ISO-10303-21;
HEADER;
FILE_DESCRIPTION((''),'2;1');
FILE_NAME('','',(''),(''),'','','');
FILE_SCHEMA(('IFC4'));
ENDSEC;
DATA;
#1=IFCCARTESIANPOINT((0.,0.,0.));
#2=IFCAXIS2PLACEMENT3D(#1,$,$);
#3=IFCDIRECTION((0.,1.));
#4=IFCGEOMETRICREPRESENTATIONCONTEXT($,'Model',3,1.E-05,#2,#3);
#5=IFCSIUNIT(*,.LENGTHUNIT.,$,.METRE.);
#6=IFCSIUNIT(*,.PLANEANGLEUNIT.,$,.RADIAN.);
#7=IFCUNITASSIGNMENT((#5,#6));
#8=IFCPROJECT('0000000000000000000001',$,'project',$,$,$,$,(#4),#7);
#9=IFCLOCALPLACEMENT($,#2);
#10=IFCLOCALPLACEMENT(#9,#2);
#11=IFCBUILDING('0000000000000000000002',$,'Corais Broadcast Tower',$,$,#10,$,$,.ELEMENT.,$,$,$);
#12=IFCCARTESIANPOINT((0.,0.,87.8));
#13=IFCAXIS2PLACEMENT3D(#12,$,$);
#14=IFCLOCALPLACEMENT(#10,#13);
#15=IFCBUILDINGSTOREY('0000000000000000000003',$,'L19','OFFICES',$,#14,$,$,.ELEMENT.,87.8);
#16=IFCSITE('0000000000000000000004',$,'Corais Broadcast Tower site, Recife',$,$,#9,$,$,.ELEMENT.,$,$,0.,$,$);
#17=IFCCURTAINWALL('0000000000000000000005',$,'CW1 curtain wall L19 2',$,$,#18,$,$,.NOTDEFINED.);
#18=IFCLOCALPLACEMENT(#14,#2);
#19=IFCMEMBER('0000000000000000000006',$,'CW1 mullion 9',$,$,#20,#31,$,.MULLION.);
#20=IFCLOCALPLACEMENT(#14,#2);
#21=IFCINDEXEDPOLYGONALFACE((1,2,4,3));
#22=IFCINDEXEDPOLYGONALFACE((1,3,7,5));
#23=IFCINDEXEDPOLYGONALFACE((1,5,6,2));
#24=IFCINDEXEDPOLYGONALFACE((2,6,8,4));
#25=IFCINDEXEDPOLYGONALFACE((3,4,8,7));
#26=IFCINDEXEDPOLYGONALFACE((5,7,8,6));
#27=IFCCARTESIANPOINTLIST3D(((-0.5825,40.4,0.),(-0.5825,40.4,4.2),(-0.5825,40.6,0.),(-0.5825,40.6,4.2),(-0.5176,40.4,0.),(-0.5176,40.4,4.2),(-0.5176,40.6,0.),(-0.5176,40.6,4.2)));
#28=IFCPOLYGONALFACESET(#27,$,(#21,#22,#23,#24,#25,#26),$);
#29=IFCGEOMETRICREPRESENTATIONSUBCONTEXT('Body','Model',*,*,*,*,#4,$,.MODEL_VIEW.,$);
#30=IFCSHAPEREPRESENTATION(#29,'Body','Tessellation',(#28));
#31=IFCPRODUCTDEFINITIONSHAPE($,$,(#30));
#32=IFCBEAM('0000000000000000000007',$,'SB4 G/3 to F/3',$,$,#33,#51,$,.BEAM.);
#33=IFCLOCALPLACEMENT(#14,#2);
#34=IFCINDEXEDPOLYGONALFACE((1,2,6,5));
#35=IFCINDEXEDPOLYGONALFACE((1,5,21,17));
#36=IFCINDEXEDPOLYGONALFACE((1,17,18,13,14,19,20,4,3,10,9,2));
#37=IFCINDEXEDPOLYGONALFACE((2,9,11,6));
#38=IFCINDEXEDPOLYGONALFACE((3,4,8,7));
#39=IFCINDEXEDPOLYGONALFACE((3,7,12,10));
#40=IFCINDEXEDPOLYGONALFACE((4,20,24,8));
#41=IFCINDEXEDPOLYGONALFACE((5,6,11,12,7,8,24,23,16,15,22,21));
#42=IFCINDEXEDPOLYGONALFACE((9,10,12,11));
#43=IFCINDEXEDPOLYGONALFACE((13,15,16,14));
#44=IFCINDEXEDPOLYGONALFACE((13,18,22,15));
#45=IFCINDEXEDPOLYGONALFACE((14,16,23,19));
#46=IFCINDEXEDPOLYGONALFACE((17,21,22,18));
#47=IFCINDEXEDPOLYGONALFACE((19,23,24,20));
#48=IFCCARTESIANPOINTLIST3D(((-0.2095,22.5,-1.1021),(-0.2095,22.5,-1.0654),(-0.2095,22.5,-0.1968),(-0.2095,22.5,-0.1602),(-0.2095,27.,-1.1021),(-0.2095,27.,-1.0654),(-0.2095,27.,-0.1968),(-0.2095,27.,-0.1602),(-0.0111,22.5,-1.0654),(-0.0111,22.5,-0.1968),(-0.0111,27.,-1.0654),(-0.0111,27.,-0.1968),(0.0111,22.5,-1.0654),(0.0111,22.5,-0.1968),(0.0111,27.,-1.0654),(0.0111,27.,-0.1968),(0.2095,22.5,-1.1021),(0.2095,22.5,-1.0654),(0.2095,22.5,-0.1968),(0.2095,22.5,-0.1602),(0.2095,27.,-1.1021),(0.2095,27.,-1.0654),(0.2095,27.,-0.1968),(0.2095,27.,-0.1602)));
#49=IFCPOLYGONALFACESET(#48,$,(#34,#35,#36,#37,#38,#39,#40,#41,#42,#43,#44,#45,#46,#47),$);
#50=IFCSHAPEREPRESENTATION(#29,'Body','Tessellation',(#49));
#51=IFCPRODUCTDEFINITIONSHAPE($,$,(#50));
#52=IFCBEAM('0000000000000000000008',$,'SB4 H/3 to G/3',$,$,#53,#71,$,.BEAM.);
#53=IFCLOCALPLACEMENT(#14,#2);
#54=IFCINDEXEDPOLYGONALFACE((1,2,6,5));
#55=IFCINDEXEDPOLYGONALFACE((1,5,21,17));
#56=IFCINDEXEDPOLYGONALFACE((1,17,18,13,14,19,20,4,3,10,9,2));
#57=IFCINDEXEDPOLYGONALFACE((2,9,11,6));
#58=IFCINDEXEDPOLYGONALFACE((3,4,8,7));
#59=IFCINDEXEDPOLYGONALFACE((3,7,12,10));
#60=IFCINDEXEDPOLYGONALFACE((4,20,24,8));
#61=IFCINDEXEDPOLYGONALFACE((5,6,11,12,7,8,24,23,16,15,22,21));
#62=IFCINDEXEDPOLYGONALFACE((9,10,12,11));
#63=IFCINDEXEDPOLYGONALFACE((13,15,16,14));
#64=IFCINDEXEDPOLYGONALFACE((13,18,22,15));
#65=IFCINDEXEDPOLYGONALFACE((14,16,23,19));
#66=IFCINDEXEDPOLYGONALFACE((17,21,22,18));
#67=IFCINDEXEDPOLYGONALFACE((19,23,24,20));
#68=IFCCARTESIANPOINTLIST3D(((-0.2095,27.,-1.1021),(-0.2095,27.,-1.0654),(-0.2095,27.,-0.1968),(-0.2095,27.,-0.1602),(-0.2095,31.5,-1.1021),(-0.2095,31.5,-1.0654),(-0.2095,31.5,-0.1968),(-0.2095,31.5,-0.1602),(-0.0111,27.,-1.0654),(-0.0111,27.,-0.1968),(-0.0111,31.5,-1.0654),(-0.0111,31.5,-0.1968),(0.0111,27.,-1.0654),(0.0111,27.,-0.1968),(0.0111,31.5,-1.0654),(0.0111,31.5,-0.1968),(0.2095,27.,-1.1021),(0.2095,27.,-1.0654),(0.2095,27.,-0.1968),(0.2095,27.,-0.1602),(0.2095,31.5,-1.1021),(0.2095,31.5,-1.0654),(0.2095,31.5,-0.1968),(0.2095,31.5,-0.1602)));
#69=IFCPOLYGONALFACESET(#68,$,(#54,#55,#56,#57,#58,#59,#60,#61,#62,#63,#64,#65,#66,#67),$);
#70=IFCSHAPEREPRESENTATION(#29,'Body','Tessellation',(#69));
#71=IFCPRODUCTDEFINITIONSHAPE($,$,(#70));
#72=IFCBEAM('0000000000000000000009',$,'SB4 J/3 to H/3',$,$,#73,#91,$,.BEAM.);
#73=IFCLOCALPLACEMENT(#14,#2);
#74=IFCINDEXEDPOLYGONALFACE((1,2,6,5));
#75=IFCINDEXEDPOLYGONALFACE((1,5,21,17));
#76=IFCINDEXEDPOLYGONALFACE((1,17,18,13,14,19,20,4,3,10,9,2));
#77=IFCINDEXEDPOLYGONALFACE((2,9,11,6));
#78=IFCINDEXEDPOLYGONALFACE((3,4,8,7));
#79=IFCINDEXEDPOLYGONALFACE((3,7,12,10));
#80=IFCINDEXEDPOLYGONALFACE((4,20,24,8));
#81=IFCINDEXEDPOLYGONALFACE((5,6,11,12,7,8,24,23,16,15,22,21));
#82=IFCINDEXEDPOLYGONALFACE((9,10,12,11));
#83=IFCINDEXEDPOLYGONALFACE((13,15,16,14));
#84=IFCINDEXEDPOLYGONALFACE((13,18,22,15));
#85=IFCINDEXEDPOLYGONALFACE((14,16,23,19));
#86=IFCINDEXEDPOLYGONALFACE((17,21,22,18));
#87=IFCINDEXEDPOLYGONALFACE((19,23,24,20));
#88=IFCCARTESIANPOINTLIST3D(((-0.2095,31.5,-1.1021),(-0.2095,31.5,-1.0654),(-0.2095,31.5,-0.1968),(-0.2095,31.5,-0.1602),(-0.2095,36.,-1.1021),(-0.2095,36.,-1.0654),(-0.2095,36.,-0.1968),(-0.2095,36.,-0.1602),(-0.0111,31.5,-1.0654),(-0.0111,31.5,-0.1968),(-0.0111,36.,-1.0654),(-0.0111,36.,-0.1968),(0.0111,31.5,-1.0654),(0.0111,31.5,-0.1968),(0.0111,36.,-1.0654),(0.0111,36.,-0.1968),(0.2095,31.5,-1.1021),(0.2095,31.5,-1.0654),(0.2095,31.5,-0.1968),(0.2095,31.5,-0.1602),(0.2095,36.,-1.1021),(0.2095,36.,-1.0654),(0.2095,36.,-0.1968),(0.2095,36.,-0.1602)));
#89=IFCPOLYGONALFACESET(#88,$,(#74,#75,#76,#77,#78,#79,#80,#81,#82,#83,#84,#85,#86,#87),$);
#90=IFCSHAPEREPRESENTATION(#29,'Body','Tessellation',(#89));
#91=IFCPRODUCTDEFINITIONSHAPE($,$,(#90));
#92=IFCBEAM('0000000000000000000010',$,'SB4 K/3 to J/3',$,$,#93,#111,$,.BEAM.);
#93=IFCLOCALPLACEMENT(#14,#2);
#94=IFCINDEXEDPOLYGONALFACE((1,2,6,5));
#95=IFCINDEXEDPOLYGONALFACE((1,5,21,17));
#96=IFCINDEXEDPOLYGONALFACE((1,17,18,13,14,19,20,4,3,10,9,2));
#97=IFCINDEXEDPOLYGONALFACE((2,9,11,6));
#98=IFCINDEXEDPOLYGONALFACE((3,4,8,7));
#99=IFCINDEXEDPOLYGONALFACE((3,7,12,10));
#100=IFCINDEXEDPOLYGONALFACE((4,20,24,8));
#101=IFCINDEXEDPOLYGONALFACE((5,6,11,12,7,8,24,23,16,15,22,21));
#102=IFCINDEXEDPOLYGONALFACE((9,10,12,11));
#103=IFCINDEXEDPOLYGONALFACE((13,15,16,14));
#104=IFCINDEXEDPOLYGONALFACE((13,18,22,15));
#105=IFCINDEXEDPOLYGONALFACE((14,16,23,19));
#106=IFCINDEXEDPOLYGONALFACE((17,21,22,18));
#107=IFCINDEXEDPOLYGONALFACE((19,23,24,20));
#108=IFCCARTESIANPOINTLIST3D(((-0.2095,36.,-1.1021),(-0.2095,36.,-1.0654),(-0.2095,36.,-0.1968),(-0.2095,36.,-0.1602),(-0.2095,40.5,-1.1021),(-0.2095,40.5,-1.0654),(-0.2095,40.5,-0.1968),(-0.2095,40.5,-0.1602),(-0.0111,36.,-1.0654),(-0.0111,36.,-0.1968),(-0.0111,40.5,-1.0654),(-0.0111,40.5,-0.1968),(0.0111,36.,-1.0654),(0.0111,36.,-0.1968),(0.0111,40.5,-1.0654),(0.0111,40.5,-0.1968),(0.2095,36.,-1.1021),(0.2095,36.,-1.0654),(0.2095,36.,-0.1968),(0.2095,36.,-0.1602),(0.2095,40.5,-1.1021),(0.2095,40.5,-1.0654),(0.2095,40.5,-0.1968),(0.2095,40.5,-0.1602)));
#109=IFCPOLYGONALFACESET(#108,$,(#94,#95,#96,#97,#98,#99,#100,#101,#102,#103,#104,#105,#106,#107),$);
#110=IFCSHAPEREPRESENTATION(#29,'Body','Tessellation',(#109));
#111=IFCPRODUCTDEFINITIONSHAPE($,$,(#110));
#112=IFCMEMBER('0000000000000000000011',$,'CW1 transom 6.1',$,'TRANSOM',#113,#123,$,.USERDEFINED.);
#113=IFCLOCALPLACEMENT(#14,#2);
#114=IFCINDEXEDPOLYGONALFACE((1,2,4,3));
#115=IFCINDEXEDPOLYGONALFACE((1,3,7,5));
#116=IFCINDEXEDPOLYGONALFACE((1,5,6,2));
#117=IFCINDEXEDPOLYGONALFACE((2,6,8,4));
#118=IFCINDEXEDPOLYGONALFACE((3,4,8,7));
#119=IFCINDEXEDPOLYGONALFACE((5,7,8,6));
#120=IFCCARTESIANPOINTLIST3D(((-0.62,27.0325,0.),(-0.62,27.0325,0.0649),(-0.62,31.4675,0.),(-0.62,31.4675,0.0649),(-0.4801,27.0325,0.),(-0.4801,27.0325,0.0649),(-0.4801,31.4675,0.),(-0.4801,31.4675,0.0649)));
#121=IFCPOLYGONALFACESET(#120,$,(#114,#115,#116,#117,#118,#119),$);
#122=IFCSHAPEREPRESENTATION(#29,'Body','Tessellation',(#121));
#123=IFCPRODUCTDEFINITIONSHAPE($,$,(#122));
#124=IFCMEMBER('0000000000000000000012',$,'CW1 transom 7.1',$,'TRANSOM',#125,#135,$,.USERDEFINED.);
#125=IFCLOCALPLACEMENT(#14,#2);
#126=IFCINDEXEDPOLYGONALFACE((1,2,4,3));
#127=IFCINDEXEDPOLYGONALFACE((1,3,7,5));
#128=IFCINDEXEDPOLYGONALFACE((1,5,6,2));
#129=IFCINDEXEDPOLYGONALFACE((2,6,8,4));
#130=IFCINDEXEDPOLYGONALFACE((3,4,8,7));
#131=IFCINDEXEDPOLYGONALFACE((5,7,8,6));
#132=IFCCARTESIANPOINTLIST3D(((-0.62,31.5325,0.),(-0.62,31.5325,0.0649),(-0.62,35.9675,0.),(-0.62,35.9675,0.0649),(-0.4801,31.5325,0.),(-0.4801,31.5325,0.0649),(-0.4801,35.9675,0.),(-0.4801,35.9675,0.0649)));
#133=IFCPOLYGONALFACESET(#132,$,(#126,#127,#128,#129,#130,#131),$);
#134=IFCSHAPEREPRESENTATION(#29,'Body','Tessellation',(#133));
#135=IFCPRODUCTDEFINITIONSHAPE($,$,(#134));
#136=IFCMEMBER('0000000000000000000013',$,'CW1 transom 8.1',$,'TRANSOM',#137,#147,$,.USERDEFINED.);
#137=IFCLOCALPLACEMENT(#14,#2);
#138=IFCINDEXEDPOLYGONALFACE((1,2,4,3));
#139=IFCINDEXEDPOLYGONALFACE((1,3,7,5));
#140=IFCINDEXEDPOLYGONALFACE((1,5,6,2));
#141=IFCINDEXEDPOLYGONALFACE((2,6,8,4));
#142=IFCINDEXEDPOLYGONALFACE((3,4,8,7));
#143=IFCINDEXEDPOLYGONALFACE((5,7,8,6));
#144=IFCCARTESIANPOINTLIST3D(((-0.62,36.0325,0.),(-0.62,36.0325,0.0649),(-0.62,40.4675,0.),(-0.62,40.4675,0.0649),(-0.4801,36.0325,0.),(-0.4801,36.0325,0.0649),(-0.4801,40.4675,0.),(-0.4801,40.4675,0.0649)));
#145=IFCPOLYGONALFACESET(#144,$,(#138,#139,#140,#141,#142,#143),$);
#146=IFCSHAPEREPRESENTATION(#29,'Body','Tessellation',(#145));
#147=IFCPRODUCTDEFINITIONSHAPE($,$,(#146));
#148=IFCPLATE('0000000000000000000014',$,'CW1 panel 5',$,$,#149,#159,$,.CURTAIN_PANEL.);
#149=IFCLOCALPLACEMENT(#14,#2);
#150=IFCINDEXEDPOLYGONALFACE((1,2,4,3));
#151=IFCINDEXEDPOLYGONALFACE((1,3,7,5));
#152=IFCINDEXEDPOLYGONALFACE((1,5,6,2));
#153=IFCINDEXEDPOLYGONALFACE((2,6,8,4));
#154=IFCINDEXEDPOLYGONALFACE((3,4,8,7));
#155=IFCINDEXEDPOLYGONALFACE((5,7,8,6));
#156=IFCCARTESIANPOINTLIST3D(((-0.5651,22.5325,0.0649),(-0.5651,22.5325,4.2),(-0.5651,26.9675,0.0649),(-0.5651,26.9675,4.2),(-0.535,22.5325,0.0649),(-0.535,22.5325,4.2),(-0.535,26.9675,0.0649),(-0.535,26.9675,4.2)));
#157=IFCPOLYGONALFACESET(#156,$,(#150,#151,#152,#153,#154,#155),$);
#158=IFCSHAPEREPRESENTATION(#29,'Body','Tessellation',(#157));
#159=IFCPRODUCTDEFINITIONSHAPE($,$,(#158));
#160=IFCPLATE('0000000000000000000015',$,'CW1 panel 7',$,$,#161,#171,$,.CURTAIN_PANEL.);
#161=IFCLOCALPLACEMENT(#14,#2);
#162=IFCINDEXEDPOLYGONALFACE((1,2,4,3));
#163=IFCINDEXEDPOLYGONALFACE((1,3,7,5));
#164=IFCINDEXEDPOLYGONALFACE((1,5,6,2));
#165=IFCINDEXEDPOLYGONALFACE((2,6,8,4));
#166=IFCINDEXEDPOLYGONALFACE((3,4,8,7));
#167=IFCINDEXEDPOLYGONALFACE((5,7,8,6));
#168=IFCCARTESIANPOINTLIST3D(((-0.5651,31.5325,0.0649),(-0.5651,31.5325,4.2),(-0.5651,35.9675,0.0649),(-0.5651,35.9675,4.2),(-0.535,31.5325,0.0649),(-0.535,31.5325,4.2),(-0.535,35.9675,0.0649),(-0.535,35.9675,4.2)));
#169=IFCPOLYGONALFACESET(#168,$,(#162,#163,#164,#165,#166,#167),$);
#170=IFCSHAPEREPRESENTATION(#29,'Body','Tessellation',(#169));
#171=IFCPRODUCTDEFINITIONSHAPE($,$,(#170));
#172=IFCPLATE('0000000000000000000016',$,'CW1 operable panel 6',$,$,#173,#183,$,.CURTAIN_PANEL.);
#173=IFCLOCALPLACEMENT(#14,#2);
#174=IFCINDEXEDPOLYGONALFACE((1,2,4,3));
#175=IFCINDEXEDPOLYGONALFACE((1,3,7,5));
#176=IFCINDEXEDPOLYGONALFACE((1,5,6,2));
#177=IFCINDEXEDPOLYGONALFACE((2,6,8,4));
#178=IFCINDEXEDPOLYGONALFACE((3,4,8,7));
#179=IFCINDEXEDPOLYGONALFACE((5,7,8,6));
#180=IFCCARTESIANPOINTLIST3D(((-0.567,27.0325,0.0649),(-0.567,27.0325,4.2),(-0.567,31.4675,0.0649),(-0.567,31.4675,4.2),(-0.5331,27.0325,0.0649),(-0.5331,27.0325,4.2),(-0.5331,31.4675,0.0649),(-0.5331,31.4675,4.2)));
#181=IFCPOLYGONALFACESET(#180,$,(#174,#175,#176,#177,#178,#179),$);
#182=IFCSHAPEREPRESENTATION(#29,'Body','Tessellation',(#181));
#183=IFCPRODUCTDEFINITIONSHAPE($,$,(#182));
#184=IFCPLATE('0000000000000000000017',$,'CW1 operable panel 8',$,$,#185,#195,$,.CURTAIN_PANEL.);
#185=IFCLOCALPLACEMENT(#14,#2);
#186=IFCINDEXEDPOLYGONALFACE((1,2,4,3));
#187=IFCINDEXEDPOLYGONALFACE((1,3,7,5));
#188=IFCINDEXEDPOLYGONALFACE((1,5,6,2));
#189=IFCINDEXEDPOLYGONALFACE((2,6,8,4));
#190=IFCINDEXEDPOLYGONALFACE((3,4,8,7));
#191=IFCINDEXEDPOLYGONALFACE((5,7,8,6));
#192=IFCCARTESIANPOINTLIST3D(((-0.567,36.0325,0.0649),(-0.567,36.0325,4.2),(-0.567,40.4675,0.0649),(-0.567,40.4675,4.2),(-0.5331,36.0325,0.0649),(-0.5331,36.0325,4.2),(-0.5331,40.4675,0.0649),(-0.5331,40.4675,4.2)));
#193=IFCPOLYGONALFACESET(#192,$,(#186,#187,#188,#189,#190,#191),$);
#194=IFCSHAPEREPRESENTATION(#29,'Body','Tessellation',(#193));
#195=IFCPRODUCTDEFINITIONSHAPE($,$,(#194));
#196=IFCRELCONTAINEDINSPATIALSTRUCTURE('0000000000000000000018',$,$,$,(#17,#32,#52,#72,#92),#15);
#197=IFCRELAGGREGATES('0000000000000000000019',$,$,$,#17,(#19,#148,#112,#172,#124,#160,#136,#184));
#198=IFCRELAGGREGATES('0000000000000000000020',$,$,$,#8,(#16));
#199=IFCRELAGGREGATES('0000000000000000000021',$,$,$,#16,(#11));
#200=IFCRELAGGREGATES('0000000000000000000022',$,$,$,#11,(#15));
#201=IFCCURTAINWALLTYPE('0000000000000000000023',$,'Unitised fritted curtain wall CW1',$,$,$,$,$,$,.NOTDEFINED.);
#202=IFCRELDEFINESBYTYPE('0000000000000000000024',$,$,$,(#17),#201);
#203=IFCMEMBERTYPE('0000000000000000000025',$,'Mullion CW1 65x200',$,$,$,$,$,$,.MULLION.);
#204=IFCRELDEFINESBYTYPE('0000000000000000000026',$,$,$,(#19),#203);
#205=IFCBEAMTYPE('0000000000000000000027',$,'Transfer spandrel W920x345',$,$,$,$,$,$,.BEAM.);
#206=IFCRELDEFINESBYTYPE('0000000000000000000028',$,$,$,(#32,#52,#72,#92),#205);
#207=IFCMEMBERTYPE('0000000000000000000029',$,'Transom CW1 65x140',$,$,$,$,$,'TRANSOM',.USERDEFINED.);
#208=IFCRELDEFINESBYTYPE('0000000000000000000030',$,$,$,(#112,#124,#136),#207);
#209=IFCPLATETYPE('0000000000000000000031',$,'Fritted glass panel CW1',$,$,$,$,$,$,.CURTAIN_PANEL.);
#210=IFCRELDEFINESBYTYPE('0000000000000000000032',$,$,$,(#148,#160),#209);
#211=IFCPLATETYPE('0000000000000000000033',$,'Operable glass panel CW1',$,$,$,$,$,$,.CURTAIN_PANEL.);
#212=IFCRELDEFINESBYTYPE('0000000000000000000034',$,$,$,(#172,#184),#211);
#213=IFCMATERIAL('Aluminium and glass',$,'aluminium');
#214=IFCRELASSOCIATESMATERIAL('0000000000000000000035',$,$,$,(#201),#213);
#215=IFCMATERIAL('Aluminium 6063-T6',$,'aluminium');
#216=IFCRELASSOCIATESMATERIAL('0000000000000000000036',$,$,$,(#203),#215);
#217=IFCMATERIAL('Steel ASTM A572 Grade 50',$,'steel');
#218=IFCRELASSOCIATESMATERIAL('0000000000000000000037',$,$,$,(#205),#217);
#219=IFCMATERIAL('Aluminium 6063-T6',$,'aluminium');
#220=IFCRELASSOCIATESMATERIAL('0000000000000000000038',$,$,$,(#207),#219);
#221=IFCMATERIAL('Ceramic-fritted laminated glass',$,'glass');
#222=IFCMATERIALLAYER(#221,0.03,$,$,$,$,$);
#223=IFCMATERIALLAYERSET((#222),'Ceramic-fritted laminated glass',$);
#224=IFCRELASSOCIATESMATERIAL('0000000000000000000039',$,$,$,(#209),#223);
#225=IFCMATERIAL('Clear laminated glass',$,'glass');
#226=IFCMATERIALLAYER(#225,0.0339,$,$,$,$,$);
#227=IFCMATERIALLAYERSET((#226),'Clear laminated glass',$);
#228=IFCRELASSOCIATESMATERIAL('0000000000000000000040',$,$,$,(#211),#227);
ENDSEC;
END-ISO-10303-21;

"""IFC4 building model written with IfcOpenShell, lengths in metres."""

from ifc_helpers import new_model, si_unit, direction, frame, origin, origin_2d, place, context, subcontext, project, spatial, rectangle, i_section, extrude, material, layer, layer_set, material_profile, profile_set, type_object, element, aggregate, save


model = new_model("IFC4")

# Units and contexts
model_context = context("Model", 3, precision=1e-05, world=origin(), true_north=direction((0.0, 1.0)))
body_context = subcontext(model_context, "Body", "Model", "MODEL_VIEW")
ifc_project = project(units=[si_unit("LENGTHUNIT", "METRE"), si_unit("PLANEANGLEUNIT", "RADIAN")], contexts=[model_context])

# Site, building, storey
site_placement = place(None, origin())
site = spatial("IfcSite", under=ifc_project, at=site_placement, Name="Corais Broadcast Tower site, Recife", CompositionType="ELEMENT", RefElevation=0.0)
building_placement = place(site_placement, origin())
building = spatial("IfcBuilding", under=site, at=building_placement, Name="Corais Broadcast Tower", CompositionType="ELEMENT")
storey_placement = place(building_placement, frame((0.0, 0.0, 87.8)))
storey = spatial("IfcBuildingStorey", under=building, at=storey_placement, Name="L19", Description="OFFICES", CompositionType="ELEMENT", Elevation=87.8)

# Curtain wall, member
ifc_material_1 = material(Name="Aluminium and glass", Category="aluminium")
curtain_wall_type = type_object("IfcCurtainWallType", Name="Unitised fritted curtain wall CW1", PredefinedType="NOTDEFINED", material=ifc_material_1)
curtain_wall_placement = place(storey_placement, origin())
curtain_wall = element("IfcCurtainWall", 1, at=curtain_wall_placement, inside=storey, type_object=curtain_wall_type, Name="CW1 curtain wall L19 2", PredefinedType="NOTDEFINED")
ifc_material_2 = material(Name="Aluminium 6063-T6", Category="aluminium")
ifc_material_profile_1 = material_profile(ifc_material_2, rectangle(XDim=0.0649, YDim=0.2, at=origin_2d()), Name="Mullion CW1 65x200")
ifc_profile_set_1 = profile_set([ifc_material_profile_1], Name="Aluminium 6063-T6")
member_type_1 = type_object("IfcMemberType", Name="Mullion CW1 65x200", PredefinedType="MULLION", material=ifc_profile_set_1)
member_1_placement = place(storey_placement, frame((-0.55, 40.5, 0.0), z_axis=(0.0, 0.0, 1.0), x_axis=(-1.0, 0.0, 0.0)))
member_1 = element("IfcMember", 2, at=member_1_placement, type_object=member_type_1, Name="CW1 mullion 9", PredefinedType="MULLION", context=body_context, shape_type="SweptSolid", body=[
    extrude(rectangle(XDim=0.0649, YDim=0.2, at=origin_2d()), origin(), (0.0, 0.0, 1.0), 4.2),
])

# Beams
ifc_material_3 = material(Name="Steel ASTM A572 Grade 50", Category="steel")
ifc_material_profile_2 = material_profile(ifc_material_3, i_section(OverallWidth=0.4189, OverallDepth=0.9419, WebThickness=0.0222, FlangeThickness=0.0366, at=origin_2d()), Name="W920x345")
ifc_profile_set_2 = profile_set([ifc_material_profile_2], Name="Steel ASTM A572 Grade 50")
beam_type_1 = type_object("IfcBeamType", Name="Transfer spandrel W920x345", PredefinedType="BEAM", material=ifc_profile_set_2)
for number, where, z_axis, x_axis, name in (
    (3, (0.0, 27.0, -0.6311), (0.0, -1.0, 0.0), (1.0, 0.0, 0.0), "SB4 G/3 to F/3"),
    (4, (0.0, 31.5, -0.6311), (0.0, -1.0, 0.0), (1.0, 0.0, 0.0), "SB4 H/3 to G/3"),
    (5, (0.0, 36.0, -0.6311), (0.0, -1.0, 0.0), (1.0, 0.0, 0.0), "SB4 J/3 to H/3"),
    (6, (0.0, 40.5, -0.6311), (0.0, -1.0, 0.0), (1.0, 0.0, 0.0), "SB4 K/3 to J/3"),
):
    element("IfcBeam", number, at=place(storey_placement, frame(where, z_axis=z_axis, x_axis=x_axis)), inside=storey, type_object=beam_type_1, Name=name, PredefinedType="BEAM", context=body_context, shape_type="SweptSolid", body=[
        extrude(i_section(OverallWidth=0.4189, OverallDepth=0.9419, WebThickness=0.0222, FlangeThickness=0.0366, at=origin_2d()), origin(), (0.0, 0.0, 1.0), 4.5),
    ])

# Members
ifc_material_4 = material(Name="Aluminium 6063-T6", Category="aluminium")
ifc_material_profile_3 = material_profile(ifc_material_4, rectangle(XDim=0.1399, YDim=0.0649, at=origin_2d()), Name="Transom CW1 65x140")
ifc_profile_set_3 = profile_set([ifc_material_profile_3], Name="Aluminium 6063-T6")
member_type_2 = type_object("IfcMemberType", Name="Transom CW1 65x140", ElementType="TRANSOM", PredefinedType="USERDEFINED", material=ifc_profile_set_3)
member_2_placement = place(storey_placement, frame((-0.55, 27.0325, 0.0325), z_axis=(0.0, 1.0, 0.0), x_axis=(-1.0, 0.0, 0.0)))
member_2 = element("IfcMember", 7, at=member_2_placement, type_object=member_type_2, Name="CW1 transom 6.1", ObjectType="TRANSOM", PredefinedType="USERDEFINED", context=body_context, shape_type="SweptSolid", body=[
    extrude(rectangle(XDim=0.1399, YDim=0.0649, at=origin_2d()), origin(), (0.0, 0.0, 1.0), 4.4351),
])
member_3_placement = place(storey_placement, frame((-0.55, 31.5325, 0.0325), z_axis=(0.0, 1.0, 0.0), x_axis=(-1.0, 0.0, 0.0)))
member_3 = element("IfcMember", 8, at=member_3_placement, type_object=member_type_2, Name="CW1 transom 7.1", ObjectType="TRANSOM", PredefinedType="USERDEFINED", context=body_context, shape_type="SweptSolid", body=[
    extrude(rectangle(XDim=0.1399, YDim=0.0649, at=origin_2d()), origin(), (0.0, 0.0, 1.0), 4.4351),
])
member_4_placement = place(storey_placement, frame((-0.55, 36.0325, 0.0325), z_axis=(0.0, 1.0, 0.0), x_axis=(-1.0, 0.0, 0.0)))
member_4 = element("IfcMember", 9, at=member_4_placement, type_object=member_type_2, Name="CW1 transom 8.1", ObjectType="TRANSOM", PredefinedType="USERDEFINED", context=body_context, shape_type="SweptSolid", body=[
    extrude(rectangle(XDim=0.1399, YDim=0.0649, at=origin_2d()), origin(), (0.0, 0.0, 1.0), 4.4351),
])

# Plates
ifc_material_5 = material(Name="Ceramic-fritted laminated glass", Category="glass")
ifc_layer_1 = layer(ifc_material_5, 0.03)
ifc_layer_set_1 = layer_set([ifc_layer_1], Name="Ceramic-fritted laminated glass")
plate_type_1 = type_object("IfcPlateType", Name="Fritted glass panel CW1", PredefinedType="CURTAIN_PANEL", material=ifc_layer_set_1)
plate_1_placement = place(storey_placement, frame((-0.55, 24.75, 0.0649), z_axis=(0.0, 0.0, 1.0), x_axis=(0.0, 1.0, 0.0)))
plate_1 = element("IfcPlate", 10, at=plate_1_placement, type_object=plate_type_1, Name="CW1 panel 5", PredefinedType="CURTAIN_PANEL", context=body_context, shape_type="SweptSolid", body=[
    extrude(rectangle(XDim=4.4351, YDim=0.03, at=origin_2d()), origin(), (0.0, 0.0, 1.0), 4.135),
])
plate_2_placement = place(storey_placement, frame((-0.55, 33.75, 0.0649), z_axis=(0.0, 0.0, 1.0), x_axis=(0.0, 1.0, 0.0)))
plate_2 = element("IfcPlate", 11, at=plate_2_placement, type_object=plate_type_1, Name="CW1 panel 7", PredefinedType="CURTAIN_PANEL", context=body_context, shape_type="SweptSolid", body=[
    extrude(rectangle(XDim=4.4351, YDim=0.03, at=origin_2d()), origin(), (0.0, 0.0, 1.0), 4.135),
])
ifc_material_6 = material(Name="Clear laminated glass", Category="glass")
ifc_layer_2 = layer(ifc_material_6, 0.0339)
ifc_layer_set_2 = layer_set([ifc_layer_2], Name="Clear laminated glass")
plate_type_2 = type_object("IfcPlateType", Name="Operable glass panel CW1", PredefinedType="CURTAIN_PANEL", material=ifc_layer_set_2)
plate_3_placement = place(storey_placement, frame((-0.55, 29.25, 0.0649), z_axis=(0.0, 0.0, 1.0), x_axis=(0.0, 1.0, 0.0)))
plate_3 = element("IfcPlate", 12, at=plate_3_placement, type_object=plate_type_2, Name="CW1 operable panel 6", PredefinedType="CURTAIN_PANEL", context=body_context, shape_type="SweptSolid", body=[
    extrude(rectangle(XDim=4.4351, YDim=0.0339, at=origin_2d()), origin(), (0.0, 0.0, 1.0), 4.135),
])
plate_4_placement = place(storey_placement, frame((-0.55, 38.25, 0.0649), z_axis=(0.0, 0.0, 1.0), x_axis=(0.0, 1.0, 0.0)))
plate_4 = element("IfcPlate", 13, at=plate_4_placement, type_object=plate_type_2, Name="CW1 operable panel 8", PredefinedType="CURTAIN_PANEL", context=body_context, shape_type="SweptSolid", body=[
    extrude(rectangle(XDim=4.4351, YDim=0.0339, at=origin_2d()), origin(), (0.0, 0.0, 1.0), 4.135),
])
aggregate(curtain_wall, [member_1, plate_1, member_2, plate_3, member_3, plate_2, member_4, plate_4])

save(model, "model.ifc")
